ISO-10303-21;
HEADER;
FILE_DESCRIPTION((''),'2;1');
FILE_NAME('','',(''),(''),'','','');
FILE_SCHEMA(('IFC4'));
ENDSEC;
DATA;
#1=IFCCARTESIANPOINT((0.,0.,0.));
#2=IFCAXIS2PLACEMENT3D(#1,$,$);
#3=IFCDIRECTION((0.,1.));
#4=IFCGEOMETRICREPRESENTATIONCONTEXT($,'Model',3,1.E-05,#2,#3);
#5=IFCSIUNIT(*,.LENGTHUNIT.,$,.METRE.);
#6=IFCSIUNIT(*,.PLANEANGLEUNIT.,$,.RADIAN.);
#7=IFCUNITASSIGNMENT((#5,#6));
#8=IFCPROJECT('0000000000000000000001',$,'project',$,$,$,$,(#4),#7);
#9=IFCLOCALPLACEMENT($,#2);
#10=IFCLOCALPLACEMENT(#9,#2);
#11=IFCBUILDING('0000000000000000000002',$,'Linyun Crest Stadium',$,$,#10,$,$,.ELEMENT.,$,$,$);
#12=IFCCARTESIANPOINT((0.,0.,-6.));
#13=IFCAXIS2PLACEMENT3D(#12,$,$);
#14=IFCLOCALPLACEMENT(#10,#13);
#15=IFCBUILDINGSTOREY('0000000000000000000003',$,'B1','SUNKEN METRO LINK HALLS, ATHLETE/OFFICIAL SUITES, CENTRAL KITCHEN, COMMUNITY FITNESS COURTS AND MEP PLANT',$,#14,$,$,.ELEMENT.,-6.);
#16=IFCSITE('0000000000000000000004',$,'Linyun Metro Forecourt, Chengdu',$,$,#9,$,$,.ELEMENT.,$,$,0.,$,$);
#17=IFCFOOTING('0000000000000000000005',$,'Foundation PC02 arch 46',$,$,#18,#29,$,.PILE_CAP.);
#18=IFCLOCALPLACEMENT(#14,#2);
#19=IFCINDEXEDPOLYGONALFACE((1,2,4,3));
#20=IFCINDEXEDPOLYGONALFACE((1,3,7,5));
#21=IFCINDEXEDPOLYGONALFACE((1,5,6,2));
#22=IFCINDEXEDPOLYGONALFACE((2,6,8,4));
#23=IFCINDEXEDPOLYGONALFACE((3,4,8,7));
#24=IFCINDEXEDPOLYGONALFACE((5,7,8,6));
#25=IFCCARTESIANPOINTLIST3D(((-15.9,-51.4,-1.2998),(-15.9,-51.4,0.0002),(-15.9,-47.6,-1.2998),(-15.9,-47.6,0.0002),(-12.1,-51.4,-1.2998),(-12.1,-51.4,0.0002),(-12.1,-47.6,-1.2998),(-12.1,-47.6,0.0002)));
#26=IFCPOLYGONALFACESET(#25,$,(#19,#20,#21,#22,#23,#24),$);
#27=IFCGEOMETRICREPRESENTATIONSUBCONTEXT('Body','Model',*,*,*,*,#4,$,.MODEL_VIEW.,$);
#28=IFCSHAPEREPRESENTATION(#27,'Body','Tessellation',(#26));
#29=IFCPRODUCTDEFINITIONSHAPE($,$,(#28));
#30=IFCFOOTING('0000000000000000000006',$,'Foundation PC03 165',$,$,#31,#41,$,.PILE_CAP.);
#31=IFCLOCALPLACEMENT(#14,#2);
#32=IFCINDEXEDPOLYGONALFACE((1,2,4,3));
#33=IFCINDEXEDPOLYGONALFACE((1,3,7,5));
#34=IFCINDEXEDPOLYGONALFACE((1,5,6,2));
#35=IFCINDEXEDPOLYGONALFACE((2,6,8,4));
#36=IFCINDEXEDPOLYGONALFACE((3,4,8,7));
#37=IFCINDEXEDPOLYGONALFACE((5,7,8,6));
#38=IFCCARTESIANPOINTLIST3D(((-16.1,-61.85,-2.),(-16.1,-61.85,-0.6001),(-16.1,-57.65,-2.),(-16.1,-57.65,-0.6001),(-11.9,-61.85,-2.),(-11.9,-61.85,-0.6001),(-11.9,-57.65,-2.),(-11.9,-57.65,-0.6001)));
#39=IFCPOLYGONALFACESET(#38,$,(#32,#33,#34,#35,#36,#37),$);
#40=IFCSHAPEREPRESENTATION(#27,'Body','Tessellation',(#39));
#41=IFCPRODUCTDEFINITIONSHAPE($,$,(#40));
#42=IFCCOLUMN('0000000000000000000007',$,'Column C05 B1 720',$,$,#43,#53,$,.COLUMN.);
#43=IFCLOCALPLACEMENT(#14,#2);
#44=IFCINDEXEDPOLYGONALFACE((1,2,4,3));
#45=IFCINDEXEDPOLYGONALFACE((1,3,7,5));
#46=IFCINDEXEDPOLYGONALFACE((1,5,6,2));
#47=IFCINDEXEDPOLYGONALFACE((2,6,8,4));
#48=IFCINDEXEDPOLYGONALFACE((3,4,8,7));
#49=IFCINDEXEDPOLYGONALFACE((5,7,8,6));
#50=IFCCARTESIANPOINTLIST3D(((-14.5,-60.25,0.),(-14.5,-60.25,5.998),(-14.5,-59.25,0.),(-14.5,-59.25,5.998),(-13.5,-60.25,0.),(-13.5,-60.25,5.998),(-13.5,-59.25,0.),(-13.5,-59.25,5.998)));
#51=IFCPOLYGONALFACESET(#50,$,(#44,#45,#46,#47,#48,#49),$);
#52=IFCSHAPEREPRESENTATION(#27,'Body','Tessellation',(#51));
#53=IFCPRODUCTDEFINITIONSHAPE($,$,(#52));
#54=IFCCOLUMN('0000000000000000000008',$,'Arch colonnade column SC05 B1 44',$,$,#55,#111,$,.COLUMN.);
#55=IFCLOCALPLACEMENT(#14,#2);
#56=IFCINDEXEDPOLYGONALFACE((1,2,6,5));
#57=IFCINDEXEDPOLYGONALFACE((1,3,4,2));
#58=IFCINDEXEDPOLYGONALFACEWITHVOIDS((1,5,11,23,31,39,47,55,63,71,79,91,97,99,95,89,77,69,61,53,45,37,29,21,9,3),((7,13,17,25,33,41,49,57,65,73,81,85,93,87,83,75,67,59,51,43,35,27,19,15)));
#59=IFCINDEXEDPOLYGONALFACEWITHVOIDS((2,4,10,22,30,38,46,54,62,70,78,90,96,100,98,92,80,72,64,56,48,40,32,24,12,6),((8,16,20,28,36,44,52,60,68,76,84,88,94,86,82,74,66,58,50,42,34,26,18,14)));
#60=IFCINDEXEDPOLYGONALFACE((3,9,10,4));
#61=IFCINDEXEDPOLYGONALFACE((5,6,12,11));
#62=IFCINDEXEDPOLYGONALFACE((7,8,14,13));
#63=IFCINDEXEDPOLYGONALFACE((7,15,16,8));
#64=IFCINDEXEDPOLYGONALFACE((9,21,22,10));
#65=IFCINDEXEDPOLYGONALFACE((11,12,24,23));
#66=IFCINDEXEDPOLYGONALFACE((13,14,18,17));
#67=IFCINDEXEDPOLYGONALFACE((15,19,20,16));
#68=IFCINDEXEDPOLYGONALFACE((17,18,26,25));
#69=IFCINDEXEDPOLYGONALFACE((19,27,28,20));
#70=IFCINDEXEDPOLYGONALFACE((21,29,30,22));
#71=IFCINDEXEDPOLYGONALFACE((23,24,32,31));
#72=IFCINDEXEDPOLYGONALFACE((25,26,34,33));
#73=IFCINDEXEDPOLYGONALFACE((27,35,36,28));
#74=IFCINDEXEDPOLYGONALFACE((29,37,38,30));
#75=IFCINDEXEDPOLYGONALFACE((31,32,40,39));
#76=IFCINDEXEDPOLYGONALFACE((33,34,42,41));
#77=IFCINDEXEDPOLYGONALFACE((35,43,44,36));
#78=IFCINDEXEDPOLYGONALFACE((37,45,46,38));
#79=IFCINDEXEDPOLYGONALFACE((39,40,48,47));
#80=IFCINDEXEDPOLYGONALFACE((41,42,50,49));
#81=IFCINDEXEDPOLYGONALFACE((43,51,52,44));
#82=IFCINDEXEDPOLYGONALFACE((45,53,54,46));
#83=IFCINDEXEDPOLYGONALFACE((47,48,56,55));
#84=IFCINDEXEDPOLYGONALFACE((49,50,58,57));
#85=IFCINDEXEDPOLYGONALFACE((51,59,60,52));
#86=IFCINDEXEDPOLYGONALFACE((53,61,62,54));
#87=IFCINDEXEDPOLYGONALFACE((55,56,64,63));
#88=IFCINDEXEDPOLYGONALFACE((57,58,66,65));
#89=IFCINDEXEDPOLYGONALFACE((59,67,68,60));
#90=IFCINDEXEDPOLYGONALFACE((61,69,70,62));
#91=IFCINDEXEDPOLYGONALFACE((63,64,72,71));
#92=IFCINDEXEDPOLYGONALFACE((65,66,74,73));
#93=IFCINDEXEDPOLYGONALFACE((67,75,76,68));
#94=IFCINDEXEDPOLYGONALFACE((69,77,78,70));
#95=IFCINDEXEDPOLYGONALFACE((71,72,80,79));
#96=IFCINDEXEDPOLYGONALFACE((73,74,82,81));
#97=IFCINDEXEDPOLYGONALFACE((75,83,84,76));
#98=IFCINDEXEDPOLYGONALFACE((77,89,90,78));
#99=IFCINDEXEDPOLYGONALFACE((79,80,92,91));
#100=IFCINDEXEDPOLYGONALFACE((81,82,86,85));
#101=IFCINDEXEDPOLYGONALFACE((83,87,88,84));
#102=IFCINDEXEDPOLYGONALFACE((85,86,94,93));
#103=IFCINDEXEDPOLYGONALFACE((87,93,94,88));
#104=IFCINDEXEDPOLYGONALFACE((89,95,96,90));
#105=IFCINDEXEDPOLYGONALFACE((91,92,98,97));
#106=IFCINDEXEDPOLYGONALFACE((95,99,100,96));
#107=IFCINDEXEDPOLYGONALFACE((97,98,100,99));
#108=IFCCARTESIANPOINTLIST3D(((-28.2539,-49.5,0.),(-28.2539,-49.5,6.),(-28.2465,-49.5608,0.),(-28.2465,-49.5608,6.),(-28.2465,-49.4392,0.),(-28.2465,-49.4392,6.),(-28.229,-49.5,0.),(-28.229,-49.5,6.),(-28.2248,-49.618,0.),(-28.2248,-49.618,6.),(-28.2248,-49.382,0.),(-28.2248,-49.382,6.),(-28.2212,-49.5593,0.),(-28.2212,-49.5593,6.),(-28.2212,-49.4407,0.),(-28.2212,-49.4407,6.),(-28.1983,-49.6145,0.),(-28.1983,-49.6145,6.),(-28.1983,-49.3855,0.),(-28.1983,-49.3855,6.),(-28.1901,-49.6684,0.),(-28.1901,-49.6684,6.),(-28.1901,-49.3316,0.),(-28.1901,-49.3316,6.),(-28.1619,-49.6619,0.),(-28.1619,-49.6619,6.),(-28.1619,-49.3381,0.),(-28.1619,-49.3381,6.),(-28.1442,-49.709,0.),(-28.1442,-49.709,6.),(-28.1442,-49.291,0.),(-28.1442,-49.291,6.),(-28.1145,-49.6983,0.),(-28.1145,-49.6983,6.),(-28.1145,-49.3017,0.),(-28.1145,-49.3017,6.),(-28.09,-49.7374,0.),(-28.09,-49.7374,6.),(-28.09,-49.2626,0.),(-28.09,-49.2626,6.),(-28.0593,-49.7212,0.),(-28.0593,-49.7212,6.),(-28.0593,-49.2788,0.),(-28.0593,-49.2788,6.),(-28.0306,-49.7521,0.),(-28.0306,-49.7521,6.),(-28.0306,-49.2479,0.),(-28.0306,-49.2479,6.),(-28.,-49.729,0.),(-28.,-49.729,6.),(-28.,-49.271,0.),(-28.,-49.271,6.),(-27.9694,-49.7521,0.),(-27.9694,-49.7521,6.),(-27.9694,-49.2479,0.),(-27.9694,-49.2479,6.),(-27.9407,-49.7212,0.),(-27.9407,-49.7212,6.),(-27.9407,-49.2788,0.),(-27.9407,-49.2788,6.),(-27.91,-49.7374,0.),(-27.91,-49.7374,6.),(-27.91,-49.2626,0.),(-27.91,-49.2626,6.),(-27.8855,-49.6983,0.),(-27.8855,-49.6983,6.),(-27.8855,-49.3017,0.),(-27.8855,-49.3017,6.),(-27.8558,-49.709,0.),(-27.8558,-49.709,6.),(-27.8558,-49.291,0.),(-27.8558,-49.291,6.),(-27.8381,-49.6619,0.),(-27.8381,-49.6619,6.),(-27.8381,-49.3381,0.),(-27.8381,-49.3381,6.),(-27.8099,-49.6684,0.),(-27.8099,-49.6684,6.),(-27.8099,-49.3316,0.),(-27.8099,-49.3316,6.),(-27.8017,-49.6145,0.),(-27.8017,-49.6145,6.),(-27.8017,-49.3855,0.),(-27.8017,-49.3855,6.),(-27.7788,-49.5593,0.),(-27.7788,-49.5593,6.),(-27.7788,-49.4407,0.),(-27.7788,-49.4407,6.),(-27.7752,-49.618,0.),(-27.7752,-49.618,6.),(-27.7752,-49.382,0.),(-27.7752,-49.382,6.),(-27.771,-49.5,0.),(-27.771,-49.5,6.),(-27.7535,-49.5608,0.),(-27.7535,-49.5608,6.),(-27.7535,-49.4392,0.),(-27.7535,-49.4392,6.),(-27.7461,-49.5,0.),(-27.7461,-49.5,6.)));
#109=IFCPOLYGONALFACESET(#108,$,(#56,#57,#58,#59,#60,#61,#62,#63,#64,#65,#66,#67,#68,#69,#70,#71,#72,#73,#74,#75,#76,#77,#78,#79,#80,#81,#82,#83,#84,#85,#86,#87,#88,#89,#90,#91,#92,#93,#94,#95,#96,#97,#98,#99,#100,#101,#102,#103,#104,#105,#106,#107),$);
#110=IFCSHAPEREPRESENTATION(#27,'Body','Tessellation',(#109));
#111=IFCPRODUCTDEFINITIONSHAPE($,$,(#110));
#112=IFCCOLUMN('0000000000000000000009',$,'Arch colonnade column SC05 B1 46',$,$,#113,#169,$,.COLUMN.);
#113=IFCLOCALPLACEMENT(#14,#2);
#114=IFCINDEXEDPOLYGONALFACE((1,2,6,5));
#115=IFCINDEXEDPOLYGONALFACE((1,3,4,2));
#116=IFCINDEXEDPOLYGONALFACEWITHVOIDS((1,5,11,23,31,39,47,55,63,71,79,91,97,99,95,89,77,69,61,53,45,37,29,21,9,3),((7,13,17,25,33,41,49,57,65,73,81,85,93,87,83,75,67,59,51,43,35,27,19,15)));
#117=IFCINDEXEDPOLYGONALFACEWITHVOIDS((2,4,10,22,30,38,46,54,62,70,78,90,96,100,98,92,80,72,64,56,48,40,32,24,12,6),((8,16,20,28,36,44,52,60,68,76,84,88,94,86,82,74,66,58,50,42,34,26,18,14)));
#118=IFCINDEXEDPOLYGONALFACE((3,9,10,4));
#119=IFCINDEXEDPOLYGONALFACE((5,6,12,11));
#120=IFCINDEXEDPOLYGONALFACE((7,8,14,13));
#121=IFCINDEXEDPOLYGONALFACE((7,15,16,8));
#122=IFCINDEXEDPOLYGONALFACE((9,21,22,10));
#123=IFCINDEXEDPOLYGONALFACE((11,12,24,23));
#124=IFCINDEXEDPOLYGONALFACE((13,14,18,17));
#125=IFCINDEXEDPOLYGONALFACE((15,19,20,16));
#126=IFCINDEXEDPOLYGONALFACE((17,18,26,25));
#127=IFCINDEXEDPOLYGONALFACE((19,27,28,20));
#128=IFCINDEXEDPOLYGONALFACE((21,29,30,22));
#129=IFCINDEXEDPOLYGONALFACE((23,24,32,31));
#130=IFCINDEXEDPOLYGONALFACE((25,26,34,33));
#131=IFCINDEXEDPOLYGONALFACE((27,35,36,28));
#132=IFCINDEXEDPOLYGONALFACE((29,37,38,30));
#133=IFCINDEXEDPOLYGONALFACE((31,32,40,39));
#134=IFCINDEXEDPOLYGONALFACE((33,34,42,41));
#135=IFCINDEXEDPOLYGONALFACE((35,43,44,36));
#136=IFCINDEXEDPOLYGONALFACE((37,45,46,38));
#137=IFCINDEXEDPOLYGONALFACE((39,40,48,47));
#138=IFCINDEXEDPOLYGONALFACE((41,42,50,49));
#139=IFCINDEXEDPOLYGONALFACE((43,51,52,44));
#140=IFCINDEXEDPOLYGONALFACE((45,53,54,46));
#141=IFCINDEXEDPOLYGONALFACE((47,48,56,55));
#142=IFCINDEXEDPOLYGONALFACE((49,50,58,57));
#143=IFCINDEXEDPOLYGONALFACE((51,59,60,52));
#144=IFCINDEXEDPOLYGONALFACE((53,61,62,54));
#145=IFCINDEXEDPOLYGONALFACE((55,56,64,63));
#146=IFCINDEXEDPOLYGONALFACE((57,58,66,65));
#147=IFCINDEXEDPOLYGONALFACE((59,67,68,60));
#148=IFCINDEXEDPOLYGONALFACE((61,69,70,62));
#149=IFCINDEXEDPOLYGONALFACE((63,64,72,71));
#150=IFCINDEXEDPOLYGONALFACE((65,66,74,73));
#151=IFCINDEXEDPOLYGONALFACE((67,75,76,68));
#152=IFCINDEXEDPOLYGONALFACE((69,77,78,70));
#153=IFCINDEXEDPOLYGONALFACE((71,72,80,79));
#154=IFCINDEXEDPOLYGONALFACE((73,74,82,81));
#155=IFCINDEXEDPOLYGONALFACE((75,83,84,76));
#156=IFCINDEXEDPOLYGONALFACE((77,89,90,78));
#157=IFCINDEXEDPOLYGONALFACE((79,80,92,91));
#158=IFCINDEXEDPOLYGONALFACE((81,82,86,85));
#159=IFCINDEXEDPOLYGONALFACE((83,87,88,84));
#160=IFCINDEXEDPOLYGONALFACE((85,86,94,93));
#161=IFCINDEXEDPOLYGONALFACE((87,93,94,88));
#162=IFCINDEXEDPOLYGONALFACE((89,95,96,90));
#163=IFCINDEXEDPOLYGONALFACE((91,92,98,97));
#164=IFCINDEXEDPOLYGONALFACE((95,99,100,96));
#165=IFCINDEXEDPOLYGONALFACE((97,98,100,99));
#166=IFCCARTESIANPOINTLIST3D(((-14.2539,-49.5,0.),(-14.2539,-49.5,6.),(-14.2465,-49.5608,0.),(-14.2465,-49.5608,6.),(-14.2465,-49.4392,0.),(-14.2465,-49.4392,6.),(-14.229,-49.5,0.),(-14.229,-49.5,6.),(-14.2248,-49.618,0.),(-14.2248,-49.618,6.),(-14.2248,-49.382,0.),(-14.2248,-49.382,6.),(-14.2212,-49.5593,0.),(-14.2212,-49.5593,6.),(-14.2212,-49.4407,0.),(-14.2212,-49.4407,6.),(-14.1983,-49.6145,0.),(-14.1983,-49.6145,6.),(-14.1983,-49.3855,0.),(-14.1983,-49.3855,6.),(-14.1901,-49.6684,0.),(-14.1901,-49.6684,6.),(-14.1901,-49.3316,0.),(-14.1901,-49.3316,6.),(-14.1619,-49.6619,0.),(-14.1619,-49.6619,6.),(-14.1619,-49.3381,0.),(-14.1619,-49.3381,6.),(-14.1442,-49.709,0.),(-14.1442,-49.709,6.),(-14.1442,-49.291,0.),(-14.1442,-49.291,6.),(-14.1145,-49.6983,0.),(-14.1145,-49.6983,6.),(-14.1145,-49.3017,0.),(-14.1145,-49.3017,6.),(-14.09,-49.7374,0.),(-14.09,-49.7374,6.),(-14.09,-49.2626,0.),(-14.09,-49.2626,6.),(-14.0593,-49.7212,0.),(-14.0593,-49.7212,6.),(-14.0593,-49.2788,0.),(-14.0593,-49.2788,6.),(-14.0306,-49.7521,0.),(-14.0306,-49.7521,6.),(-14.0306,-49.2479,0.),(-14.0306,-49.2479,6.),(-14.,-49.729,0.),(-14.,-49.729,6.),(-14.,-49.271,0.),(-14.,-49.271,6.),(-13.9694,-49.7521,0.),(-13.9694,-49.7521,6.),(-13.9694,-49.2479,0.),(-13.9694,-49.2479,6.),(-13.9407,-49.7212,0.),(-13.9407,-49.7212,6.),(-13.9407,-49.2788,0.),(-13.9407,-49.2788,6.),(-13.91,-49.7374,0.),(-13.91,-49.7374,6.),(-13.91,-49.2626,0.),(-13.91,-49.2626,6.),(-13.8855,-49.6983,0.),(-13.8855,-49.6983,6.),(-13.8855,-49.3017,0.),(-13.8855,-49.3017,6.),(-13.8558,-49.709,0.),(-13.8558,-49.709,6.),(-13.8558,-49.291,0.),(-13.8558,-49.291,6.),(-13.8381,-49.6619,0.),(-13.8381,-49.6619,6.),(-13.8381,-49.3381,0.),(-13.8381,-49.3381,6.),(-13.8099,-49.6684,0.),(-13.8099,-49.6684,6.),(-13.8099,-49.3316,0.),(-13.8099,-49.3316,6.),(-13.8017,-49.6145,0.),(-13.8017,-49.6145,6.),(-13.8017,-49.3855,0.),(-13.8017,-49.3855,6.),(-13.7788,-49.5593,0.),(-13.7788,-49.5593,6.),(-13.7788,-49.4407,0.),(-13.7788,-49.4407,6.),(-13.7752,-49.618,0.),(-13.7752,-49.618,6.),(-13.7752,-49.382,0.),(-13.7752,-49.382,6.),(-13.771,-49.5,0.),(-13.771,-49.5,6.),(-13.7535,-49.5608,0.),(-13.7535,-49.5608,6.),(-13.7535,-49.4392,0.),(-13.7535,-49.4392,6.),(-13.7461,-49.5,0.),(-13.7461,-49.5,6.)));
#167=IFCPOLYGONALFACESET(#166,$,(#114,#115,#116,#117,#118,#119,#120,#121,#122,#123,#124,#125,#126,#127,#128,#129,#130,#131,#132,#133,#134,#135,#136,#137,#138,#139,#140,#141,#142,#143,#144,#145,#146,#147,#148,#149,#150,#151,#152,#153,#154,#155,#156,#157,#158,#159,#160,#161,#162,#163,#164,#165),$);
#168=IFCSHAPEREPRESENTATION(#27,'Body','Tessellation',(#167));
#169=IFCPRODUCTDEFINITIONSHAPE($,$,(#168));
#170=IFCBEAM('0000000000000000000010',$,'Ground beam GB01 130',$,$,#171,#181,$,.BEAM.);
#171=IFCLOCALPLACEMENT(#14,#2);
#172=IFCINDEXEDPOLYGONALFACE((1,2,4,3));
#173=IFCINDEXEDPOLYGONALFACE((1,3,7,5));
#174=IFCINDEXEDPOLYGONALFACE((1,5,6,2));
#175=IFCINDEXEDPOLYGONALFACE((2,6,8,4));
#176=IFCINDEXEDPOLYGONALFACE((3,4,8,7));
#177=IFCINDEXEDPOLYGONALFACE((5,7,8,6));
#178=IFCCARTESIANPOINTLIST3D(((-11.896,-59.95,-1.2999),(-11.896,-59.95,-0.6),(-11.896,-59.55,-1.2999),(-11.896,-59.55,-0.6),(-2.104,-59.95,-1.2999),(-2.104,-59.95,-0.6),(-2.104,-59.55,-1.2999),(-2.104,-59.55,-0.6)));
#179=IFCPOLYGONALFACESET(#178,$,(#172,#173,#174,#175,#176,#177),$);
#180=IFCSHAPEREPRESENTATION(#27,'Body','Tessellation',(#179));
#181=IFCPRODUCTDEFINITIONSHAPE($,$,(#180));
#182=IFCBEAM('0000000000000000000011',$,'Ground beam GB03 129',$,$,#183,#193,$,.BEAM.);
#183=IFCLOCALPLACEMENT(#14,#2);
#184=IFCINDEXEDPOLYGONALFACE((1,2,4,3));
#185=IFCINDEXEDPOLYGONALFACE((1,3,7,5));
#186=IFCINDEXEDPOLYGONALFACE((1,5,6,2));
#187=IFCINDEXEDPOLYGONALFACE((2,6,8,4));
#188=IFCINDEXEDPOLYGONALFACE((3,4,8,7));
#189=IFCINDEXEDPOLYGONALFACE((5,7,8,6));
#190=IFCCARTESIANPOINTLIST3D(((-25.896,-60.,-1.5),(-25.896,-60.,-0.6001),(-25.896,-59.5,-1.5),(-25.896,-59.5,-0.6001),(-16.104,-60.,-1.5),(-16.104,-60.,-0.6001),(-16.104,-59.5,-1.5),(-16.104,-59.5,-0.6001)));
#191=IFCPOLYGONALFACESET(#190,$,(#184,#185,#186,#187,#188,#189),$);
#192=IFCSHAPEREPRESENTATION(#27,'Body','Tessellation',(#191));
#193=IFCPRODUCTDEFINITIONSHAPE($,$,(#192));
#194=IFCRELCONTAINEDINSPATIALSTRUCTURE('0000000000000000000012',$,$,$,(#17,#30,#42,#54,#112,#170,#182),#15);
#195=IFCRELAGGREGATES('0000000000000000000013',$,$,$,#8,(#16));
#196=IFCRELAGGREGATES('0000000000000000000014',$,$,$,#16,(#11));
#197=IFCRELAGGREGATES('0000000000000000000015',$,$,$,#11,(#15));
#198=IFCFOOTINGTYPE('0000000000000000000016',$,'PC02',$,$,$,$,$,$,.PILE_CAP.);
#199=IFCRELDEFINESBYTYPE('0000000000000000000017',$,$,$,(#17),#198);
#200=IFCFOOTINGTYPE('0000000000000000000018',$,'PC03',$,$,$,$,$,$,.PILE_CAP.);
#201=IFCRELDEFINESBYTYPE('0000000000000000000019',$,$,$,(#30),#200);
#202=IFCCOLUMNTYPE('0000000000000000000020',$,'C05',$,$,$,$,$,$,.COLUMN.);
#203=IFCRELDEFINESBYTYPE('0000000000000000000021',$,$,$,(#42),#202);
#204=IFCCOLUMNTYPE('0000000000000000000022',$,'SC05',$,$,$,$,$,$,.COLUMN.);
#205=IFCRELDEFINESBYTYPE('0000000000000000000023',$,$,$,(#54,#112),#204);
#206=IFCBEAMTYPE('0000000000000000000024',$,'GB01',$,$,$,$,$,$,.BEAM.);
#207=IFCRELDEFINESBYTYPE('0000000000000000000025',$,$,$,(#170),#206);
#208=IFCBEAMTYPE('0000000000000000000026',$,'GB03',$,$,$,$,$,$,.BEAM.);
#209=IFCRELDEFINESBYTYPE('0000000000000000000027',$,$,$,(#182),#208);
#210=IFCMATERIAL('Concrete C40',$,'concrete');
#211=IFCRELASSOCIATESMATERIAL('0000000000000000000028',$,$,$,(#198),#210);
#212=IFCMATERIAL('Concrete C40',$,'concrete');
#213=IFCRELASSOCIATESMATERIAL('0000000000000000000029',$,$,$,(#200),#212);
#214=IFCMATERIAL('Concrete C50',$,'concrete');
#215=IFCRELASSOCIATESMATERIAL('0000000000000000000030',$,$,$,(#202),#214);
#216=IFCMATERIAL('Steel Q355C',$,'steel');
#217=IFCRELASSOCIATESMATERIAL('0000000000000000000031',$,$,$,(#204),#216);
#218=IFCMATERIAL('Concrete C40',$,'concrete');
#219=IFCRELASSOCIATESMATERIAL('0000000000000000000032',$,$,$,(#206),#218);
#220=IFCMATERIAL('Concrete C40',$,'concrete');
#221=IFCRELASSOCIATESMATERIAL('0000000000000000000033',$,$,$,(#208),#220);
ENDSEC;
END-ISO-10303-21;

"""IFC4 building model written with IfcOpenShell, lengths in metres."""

from ifc_helpers import new_model, si_unit, direction, frame, origin, origin_2d, place, context, subcontext, project, spatial, rectangle, hollow_circle, extrude, material, material_profile, profile_set, type_object, element, save


model = new_model("IFC4")

# Units and contexts
model_context = context("Model", 3, precision=1e-05, world=origin(), true_north=direction((0.0, 1.0)))
body_context = subcontext(model_context, "Body", "Model", "MODEL_VIEW")
ifc_project = project(units=[si_unit("LENGTHUNIT", "METRE"), si_unit("PLANEANGLEUNIT", "RADIAN")], contexts=[model_context])

# Site, building, storey
site_placement = place(None, origin())
site = spatial("IfcSite", under=ifc_project, at=site_placement, Name="Linyun Metro Forecourt, Chengdu", CompositionType="ELEMENT", RefElevation=0.0)
building_placement = place(site_placement, origin())
building = spatial("IfcBuilding", under=site, at=building_placement, Name="Linyun Crest Stadium", CompositionType="ELEMENT")
storey_placement = place(building_placement, frame((0.0, 0.0, -6.0)))
storey = spatial("IfcBuildingStorey", under=building, at=storey_placement, Name="B1", Description="SUNKEN METRO LINK HALLS, ATHLETE/OFFICIAL SUITES, CENTRAL KITCHEN, COMMUNITY FITNESS COURTS AND MEP PLANT", CompositionType="ELEMENT", Elevation=-6.0)

# Footings
ifc_material_1 = material(Name="Concrete C40", Category="concrete")
footing_type_1 = type_object("IfcFootingType", Name="PC02", PredefinedType="PILE_CAP", material=ifc_material_1)
for number, where, z_axis, x_axis, name in (
    (1, (-14.0, -49.5, -1.2998), (0.0, 0.0, 1.0), (1.0, 0.0, 0.0), "Foundation PC02 arch 46"),
):
    element("IfcFooting", number, at=place(storey_placement, frame(where, z_axis=z_axis, x_axis=x_axis)), inside=storey, type_object=footing_type_1, Name=name, PredefinedType="PILE_CAP", context=body_context, shape_type="SweptSolid", body=[
        extrude(rectangle(XDim=3.8, YDim=3.8, at=origin_2d()), origin(), (0.0, 0.0, 1.0), 1.3),
    ])
ifc_material_2 = material(Name="Concrete C40", Category="concrete")
footing_type_2 = type_object("IfcFootingType", Name="PC03", PredefinedType="PILE_CAP", material=ifc_material_2)
footing_placement = place(storey_placement, frame((-14.0, -59.75, -2.0), z_axis=(0.0, 0.0, 1.0), x_axis=(1.0, 0.0, 0.0)))
element("IfcFooting", 2, at=footing_placement, inside=storey, type_object=footing_type_2, Name="Foundation PC03 165", PredefinedType="PILE_CAP", context=body_context, shape_type="SweptSolid", body=[
    extrude(rectangle(XDim=4.2, YDim=4.2, at=origin_2d()), origin(), (0.0, 0.0, 1.0), 1.3999),
])

# Columns
ifc_material_3 = material(Name="Concrete C50", Category="concrete")
ifc_material_profile_1 = material_profile(ifc_material_3, rectangle(XDim=1.0, YDim=1.0, at=origin_2d()), Name="RC 1000x1000")
ifc_profile_set_1 = profile_set([ifc_material_profile_1], Name="Concrete C50")
column_type_1 = type_object("IfcColumnType", Name="C05", PredefinedType="COLUMN", material=ifc_profile_set_1)
column_placement = place(storey_placement, frame((-14.0, -59.75, 0.0), z_axis=(0.0, 0.0, 1.0), x_axis=(1.0, 0.0, 0.0)))
element("IfcColumn", 3, at=column_placement, inside=storey, type_object=column_type_1, Name="Column C05 B1 720", PredefinedType="COLUMN", context=body_context, shape_type="SweptSolid", body=[
    extrude(rectangle(XDim=1.0, YDim=1.0, at=origin_2d()), origin(), (0.0, 0.0, 1.0), 5.998),
])
ifc_material_4 = material(Name="Steel Q355C", Category="steel")
ifc_material_profile_2 = material_profile(ifc_material_4, hollow_circle(Radius=0.2539, WallThickness=0.0249, at=origin_2d()), Name="CHS 508x25")
ifc_profile_set_2 = profile_set([ifc_material_profile_2], Name="Steel Q355C")
column_type_2 = type_object("IfcColumnType", Name="SC05", PredefinedType="COLUMN", material=ifc_profile_set_2)
for number, where, z_axis, x_axis, name in (
    (4, (-28.0, -49.5, 0.0), (0.0, 0.0, 1.0), (1.0, 0.0, 0.0), "Arch colonnade column SC05 B1 44"),
    (5, (-14.0, -49.5, 0.0), (0.0, 0.0, 1.0), (1.0, 0.0, 0.0), "Arch colonnade column SC05 B1 46"),
):
    element("IfcColumn", number, at=place(storey_placement, frame(where, z_axis=z_axis, x_axis=x_axis)), inside=storey, type_object=column_type_2, Name=name, PredefinedType="COLUMN", context=body_context, shape_type="SweptSolid", body=[
        extrude(hollow_circle(Radius=0.2539, WallThickness=0.0249, at=origin_2d()), origin(), (0.0, 0.0, 1.0), 6.0),
    ])

# Beams
ifc_material_5 = material(Name="Concrete C40", Category="concrete")
ifc_material_profile_3 = material_profile(ifc_material_5, rectangle(XDim=0.3999, YDim=0.7, at=origin_2d()), Name="RCB 700x400")
ifc_profile_set_3 = profile_set([ifc_material_profile_3], Name="Concrete C40")
beam_type_1 = type_object("IfcBeamType", Name="GB01", PredefinedType="BEAM", material=ifc_profile_set_3)
beam_1_placement = place(storey_placement, frame((-11.896, -59.75, -0.95), z_axis=(1.0, 0.0, 0.0), x_axis=(0.0, 1.0, 0.0)))
element("IfcBeam", 6, at=beam_1_placement, inside=storey, type_object=beam_type_1, Name="Ground beam GB01 130", PredefinedType="BEAM", context=body_context, shape_type="SweptSolid", body=[
    extrude(rectangle(XDim=0.3999, YDim=0.7, at=origin_2d()), origin(), (0.0, 0.0, 1.0), 9.792),
])
ifc_material_6 = material(Name="Concrete C40", Category="concrete")
ifc_material_profile_4 = material_profile(ifc_material_6, rectangle(XDim=0.5, YDim=0.8999, at=origin_2d()), Name="RCB 900x500")
ifc_profile_set_4 = profile_set([ifc_material_profile_4], Name="Concrete C40")
beam_type_2 = type_object("IfcBeamType", Name="GB03", PredefinedType="BEAM", material=ifc_profile_set_4)
beam_2_placement = place(storey_placement, frame((-25.896, -59.75, -1.05), z_axis=(1.0, 0.0, 0.0), x_axis=(0.0, 1.0, 0.0)))
element("IfcBeam", 7, at=beam_2_placement, inside=storey, type_object=beam_type_2, Name="Ground beam GB03 129", PredefinedType="BEAM", context=body_context, shape_type="SweptSolid", body=[
    extrude(rectangle(XDim=0.5, YDim=0.8999, at=origin_2d()), origin(), (0.0, 0.0, 1.0), 9.792),
])

save(model, "model.ifc")
